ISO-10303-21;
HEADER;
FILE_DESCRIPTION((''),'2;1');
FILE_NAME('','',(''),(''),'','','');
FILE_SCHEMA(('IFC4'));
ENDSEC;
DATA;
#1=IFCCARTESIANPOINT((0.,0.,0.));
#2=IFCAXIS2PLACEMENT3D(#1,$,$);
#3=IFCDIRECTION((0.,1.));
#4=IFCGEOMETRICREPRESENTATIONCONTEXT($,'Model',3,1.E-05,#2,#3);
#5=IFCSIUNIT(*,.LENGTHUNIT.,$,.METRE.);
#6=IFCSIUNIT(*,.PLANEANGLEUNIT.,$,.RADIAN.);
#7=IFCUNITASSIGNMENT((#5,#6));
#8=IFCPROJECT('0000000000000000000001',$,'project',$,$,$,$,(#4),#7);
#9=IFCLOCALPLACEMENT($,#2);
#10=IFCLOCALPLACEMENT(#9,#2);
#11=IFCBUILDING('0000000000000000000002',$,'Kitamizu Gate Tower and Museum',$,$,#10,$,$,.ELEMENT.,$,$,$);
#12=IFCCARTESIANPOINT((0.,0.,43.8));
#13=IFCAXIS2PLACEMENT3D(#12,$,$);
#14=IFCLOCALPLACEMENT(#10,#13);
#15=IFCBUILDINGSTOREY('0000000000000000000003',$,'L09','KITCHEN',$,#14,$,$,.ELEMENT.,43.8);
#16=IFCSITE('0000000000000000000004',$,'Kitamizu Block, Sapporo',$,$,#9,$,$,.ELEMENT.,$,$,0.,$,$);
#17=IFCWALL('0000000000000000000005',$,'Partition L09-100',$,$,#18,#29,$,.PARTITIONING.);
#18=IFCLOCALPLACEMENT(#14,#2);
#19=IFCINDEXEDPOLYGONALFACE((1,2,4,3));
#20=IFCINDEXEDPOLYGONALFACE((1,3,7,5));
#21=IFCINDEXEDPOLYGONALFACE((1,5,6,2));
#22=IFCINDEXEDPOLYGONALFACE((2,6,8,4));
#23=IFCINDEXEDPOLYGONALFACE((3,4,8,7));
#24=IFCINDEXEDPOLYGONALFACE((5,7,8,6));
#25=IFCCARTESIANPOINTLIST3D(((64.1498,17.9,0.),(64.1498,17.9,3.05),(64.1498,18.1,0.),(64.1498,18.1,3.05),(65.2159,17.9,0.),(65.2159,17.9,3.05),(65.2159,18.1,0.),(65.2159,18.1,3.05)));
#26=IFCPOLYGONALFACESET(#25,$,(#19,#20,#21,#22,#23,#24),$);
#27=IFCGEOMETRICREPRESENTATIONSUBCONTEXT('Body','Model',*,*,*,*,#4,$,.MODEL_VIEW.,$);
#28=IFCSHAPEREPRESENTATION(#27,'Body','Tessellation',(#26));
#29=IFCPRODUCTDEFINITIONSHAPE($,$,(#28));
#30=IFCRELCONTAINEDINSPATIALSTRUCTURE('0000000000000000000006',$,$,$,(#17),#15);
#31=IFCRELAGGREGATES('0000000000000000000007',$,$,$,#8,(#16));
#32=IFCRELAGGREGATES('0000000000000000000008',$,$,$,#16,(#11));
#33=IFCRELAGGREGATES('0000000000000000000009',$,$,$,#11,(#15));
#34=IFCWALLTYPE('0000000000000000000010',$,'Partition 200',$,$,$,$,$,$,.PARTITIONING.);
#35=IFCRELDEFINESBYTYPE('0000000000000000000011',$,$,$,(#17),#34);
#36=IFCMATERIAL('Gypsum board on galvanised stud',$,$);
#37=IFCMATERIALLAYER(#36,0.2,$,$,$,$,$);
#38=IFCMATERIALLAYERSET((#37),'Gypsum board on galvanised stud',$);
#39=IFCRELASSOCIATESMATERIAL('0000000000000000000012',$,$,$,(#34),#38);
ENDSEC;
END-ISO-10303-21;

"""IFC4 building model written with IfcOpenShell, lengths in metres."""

from ifc_helpers import new_model, si_unit, direction, frame, frame_2d, origin, place, context, subcontext, project, spatial, rectangle, extrude, material, layer, layer_set, type_object, element, save


model = new_model("IFC4")

# Units and contexts
model_context = context("Model", 3, precision=1e-05, world=origin(), true_north=direction((0.0, 1.0)))
body_context = subcontext(model_context, "Body", "Model", "MODEL_VIEW")
ifc_project = project(units=[si_unit("LENGTHUNIT", "METRE"), si_unit("PLANEANGLEUNIT", "RADIAN")], contexts=[model_context])

# Site, building, storey
site_placement = place(None, origin())
site = spatial("IfcSite", under=ifc_project, at=site_placement, Name="Kitamizu Block, Sapporo", CompositionType="ELEMENT", RefElevation=0.0)
building_placement = place(site_placement, origin())
building = spatial("IfcBuilding", under=site, at=building_placement, Name="Kitamizu Gate Tower and Museum", CompositionType="ELEMENT")
storey_placement = place(building_placement, frame((0.0, 0.0, 43.8)))
storey = spatial("IfcBuildingStorey", under=building, at=storey_placement, Name="L09", Description="KITCHEN", CompositionType="ELEMENT", Elevation=43.8)

# Wall
ifc_material_1 = material(Name="Gypsum board on galvanised stud")
ifc_layer_1 = layer(ifc_material_1, 0.2)
ifc_layer_set_1 = layer_set([ifc_layer_1], Name="Gypsum board on galvanised stud")
wall_type_1 = type_object("IfcWallType", Name="Partition 200", PredefinedType="PARTITIONING", material=ifc_layer_set_1)
wall_1_placement = place(storey_placement, frame((65.2161, 18.0, 0.0), z_axis=(0.0, 0.0, 1.0), x_axis=(-1.0, 0.0, 0.0)))
element("IfcWall", 1, at=wall_1_placement, inside=storey, type_object=wall_type_1, Name="Partition L09-100", PredefinedType="PARTITIONING", context=body_context, shape_type="SweptSolid", body=[
    extrude(rectangle(XDim=1.0662, YDim=0.2, at=frame_2d((0.5332, 0.0))), origin(), (0.0, 0.0, 1.0), 3.05),
])

save(model, "model.ifc")
